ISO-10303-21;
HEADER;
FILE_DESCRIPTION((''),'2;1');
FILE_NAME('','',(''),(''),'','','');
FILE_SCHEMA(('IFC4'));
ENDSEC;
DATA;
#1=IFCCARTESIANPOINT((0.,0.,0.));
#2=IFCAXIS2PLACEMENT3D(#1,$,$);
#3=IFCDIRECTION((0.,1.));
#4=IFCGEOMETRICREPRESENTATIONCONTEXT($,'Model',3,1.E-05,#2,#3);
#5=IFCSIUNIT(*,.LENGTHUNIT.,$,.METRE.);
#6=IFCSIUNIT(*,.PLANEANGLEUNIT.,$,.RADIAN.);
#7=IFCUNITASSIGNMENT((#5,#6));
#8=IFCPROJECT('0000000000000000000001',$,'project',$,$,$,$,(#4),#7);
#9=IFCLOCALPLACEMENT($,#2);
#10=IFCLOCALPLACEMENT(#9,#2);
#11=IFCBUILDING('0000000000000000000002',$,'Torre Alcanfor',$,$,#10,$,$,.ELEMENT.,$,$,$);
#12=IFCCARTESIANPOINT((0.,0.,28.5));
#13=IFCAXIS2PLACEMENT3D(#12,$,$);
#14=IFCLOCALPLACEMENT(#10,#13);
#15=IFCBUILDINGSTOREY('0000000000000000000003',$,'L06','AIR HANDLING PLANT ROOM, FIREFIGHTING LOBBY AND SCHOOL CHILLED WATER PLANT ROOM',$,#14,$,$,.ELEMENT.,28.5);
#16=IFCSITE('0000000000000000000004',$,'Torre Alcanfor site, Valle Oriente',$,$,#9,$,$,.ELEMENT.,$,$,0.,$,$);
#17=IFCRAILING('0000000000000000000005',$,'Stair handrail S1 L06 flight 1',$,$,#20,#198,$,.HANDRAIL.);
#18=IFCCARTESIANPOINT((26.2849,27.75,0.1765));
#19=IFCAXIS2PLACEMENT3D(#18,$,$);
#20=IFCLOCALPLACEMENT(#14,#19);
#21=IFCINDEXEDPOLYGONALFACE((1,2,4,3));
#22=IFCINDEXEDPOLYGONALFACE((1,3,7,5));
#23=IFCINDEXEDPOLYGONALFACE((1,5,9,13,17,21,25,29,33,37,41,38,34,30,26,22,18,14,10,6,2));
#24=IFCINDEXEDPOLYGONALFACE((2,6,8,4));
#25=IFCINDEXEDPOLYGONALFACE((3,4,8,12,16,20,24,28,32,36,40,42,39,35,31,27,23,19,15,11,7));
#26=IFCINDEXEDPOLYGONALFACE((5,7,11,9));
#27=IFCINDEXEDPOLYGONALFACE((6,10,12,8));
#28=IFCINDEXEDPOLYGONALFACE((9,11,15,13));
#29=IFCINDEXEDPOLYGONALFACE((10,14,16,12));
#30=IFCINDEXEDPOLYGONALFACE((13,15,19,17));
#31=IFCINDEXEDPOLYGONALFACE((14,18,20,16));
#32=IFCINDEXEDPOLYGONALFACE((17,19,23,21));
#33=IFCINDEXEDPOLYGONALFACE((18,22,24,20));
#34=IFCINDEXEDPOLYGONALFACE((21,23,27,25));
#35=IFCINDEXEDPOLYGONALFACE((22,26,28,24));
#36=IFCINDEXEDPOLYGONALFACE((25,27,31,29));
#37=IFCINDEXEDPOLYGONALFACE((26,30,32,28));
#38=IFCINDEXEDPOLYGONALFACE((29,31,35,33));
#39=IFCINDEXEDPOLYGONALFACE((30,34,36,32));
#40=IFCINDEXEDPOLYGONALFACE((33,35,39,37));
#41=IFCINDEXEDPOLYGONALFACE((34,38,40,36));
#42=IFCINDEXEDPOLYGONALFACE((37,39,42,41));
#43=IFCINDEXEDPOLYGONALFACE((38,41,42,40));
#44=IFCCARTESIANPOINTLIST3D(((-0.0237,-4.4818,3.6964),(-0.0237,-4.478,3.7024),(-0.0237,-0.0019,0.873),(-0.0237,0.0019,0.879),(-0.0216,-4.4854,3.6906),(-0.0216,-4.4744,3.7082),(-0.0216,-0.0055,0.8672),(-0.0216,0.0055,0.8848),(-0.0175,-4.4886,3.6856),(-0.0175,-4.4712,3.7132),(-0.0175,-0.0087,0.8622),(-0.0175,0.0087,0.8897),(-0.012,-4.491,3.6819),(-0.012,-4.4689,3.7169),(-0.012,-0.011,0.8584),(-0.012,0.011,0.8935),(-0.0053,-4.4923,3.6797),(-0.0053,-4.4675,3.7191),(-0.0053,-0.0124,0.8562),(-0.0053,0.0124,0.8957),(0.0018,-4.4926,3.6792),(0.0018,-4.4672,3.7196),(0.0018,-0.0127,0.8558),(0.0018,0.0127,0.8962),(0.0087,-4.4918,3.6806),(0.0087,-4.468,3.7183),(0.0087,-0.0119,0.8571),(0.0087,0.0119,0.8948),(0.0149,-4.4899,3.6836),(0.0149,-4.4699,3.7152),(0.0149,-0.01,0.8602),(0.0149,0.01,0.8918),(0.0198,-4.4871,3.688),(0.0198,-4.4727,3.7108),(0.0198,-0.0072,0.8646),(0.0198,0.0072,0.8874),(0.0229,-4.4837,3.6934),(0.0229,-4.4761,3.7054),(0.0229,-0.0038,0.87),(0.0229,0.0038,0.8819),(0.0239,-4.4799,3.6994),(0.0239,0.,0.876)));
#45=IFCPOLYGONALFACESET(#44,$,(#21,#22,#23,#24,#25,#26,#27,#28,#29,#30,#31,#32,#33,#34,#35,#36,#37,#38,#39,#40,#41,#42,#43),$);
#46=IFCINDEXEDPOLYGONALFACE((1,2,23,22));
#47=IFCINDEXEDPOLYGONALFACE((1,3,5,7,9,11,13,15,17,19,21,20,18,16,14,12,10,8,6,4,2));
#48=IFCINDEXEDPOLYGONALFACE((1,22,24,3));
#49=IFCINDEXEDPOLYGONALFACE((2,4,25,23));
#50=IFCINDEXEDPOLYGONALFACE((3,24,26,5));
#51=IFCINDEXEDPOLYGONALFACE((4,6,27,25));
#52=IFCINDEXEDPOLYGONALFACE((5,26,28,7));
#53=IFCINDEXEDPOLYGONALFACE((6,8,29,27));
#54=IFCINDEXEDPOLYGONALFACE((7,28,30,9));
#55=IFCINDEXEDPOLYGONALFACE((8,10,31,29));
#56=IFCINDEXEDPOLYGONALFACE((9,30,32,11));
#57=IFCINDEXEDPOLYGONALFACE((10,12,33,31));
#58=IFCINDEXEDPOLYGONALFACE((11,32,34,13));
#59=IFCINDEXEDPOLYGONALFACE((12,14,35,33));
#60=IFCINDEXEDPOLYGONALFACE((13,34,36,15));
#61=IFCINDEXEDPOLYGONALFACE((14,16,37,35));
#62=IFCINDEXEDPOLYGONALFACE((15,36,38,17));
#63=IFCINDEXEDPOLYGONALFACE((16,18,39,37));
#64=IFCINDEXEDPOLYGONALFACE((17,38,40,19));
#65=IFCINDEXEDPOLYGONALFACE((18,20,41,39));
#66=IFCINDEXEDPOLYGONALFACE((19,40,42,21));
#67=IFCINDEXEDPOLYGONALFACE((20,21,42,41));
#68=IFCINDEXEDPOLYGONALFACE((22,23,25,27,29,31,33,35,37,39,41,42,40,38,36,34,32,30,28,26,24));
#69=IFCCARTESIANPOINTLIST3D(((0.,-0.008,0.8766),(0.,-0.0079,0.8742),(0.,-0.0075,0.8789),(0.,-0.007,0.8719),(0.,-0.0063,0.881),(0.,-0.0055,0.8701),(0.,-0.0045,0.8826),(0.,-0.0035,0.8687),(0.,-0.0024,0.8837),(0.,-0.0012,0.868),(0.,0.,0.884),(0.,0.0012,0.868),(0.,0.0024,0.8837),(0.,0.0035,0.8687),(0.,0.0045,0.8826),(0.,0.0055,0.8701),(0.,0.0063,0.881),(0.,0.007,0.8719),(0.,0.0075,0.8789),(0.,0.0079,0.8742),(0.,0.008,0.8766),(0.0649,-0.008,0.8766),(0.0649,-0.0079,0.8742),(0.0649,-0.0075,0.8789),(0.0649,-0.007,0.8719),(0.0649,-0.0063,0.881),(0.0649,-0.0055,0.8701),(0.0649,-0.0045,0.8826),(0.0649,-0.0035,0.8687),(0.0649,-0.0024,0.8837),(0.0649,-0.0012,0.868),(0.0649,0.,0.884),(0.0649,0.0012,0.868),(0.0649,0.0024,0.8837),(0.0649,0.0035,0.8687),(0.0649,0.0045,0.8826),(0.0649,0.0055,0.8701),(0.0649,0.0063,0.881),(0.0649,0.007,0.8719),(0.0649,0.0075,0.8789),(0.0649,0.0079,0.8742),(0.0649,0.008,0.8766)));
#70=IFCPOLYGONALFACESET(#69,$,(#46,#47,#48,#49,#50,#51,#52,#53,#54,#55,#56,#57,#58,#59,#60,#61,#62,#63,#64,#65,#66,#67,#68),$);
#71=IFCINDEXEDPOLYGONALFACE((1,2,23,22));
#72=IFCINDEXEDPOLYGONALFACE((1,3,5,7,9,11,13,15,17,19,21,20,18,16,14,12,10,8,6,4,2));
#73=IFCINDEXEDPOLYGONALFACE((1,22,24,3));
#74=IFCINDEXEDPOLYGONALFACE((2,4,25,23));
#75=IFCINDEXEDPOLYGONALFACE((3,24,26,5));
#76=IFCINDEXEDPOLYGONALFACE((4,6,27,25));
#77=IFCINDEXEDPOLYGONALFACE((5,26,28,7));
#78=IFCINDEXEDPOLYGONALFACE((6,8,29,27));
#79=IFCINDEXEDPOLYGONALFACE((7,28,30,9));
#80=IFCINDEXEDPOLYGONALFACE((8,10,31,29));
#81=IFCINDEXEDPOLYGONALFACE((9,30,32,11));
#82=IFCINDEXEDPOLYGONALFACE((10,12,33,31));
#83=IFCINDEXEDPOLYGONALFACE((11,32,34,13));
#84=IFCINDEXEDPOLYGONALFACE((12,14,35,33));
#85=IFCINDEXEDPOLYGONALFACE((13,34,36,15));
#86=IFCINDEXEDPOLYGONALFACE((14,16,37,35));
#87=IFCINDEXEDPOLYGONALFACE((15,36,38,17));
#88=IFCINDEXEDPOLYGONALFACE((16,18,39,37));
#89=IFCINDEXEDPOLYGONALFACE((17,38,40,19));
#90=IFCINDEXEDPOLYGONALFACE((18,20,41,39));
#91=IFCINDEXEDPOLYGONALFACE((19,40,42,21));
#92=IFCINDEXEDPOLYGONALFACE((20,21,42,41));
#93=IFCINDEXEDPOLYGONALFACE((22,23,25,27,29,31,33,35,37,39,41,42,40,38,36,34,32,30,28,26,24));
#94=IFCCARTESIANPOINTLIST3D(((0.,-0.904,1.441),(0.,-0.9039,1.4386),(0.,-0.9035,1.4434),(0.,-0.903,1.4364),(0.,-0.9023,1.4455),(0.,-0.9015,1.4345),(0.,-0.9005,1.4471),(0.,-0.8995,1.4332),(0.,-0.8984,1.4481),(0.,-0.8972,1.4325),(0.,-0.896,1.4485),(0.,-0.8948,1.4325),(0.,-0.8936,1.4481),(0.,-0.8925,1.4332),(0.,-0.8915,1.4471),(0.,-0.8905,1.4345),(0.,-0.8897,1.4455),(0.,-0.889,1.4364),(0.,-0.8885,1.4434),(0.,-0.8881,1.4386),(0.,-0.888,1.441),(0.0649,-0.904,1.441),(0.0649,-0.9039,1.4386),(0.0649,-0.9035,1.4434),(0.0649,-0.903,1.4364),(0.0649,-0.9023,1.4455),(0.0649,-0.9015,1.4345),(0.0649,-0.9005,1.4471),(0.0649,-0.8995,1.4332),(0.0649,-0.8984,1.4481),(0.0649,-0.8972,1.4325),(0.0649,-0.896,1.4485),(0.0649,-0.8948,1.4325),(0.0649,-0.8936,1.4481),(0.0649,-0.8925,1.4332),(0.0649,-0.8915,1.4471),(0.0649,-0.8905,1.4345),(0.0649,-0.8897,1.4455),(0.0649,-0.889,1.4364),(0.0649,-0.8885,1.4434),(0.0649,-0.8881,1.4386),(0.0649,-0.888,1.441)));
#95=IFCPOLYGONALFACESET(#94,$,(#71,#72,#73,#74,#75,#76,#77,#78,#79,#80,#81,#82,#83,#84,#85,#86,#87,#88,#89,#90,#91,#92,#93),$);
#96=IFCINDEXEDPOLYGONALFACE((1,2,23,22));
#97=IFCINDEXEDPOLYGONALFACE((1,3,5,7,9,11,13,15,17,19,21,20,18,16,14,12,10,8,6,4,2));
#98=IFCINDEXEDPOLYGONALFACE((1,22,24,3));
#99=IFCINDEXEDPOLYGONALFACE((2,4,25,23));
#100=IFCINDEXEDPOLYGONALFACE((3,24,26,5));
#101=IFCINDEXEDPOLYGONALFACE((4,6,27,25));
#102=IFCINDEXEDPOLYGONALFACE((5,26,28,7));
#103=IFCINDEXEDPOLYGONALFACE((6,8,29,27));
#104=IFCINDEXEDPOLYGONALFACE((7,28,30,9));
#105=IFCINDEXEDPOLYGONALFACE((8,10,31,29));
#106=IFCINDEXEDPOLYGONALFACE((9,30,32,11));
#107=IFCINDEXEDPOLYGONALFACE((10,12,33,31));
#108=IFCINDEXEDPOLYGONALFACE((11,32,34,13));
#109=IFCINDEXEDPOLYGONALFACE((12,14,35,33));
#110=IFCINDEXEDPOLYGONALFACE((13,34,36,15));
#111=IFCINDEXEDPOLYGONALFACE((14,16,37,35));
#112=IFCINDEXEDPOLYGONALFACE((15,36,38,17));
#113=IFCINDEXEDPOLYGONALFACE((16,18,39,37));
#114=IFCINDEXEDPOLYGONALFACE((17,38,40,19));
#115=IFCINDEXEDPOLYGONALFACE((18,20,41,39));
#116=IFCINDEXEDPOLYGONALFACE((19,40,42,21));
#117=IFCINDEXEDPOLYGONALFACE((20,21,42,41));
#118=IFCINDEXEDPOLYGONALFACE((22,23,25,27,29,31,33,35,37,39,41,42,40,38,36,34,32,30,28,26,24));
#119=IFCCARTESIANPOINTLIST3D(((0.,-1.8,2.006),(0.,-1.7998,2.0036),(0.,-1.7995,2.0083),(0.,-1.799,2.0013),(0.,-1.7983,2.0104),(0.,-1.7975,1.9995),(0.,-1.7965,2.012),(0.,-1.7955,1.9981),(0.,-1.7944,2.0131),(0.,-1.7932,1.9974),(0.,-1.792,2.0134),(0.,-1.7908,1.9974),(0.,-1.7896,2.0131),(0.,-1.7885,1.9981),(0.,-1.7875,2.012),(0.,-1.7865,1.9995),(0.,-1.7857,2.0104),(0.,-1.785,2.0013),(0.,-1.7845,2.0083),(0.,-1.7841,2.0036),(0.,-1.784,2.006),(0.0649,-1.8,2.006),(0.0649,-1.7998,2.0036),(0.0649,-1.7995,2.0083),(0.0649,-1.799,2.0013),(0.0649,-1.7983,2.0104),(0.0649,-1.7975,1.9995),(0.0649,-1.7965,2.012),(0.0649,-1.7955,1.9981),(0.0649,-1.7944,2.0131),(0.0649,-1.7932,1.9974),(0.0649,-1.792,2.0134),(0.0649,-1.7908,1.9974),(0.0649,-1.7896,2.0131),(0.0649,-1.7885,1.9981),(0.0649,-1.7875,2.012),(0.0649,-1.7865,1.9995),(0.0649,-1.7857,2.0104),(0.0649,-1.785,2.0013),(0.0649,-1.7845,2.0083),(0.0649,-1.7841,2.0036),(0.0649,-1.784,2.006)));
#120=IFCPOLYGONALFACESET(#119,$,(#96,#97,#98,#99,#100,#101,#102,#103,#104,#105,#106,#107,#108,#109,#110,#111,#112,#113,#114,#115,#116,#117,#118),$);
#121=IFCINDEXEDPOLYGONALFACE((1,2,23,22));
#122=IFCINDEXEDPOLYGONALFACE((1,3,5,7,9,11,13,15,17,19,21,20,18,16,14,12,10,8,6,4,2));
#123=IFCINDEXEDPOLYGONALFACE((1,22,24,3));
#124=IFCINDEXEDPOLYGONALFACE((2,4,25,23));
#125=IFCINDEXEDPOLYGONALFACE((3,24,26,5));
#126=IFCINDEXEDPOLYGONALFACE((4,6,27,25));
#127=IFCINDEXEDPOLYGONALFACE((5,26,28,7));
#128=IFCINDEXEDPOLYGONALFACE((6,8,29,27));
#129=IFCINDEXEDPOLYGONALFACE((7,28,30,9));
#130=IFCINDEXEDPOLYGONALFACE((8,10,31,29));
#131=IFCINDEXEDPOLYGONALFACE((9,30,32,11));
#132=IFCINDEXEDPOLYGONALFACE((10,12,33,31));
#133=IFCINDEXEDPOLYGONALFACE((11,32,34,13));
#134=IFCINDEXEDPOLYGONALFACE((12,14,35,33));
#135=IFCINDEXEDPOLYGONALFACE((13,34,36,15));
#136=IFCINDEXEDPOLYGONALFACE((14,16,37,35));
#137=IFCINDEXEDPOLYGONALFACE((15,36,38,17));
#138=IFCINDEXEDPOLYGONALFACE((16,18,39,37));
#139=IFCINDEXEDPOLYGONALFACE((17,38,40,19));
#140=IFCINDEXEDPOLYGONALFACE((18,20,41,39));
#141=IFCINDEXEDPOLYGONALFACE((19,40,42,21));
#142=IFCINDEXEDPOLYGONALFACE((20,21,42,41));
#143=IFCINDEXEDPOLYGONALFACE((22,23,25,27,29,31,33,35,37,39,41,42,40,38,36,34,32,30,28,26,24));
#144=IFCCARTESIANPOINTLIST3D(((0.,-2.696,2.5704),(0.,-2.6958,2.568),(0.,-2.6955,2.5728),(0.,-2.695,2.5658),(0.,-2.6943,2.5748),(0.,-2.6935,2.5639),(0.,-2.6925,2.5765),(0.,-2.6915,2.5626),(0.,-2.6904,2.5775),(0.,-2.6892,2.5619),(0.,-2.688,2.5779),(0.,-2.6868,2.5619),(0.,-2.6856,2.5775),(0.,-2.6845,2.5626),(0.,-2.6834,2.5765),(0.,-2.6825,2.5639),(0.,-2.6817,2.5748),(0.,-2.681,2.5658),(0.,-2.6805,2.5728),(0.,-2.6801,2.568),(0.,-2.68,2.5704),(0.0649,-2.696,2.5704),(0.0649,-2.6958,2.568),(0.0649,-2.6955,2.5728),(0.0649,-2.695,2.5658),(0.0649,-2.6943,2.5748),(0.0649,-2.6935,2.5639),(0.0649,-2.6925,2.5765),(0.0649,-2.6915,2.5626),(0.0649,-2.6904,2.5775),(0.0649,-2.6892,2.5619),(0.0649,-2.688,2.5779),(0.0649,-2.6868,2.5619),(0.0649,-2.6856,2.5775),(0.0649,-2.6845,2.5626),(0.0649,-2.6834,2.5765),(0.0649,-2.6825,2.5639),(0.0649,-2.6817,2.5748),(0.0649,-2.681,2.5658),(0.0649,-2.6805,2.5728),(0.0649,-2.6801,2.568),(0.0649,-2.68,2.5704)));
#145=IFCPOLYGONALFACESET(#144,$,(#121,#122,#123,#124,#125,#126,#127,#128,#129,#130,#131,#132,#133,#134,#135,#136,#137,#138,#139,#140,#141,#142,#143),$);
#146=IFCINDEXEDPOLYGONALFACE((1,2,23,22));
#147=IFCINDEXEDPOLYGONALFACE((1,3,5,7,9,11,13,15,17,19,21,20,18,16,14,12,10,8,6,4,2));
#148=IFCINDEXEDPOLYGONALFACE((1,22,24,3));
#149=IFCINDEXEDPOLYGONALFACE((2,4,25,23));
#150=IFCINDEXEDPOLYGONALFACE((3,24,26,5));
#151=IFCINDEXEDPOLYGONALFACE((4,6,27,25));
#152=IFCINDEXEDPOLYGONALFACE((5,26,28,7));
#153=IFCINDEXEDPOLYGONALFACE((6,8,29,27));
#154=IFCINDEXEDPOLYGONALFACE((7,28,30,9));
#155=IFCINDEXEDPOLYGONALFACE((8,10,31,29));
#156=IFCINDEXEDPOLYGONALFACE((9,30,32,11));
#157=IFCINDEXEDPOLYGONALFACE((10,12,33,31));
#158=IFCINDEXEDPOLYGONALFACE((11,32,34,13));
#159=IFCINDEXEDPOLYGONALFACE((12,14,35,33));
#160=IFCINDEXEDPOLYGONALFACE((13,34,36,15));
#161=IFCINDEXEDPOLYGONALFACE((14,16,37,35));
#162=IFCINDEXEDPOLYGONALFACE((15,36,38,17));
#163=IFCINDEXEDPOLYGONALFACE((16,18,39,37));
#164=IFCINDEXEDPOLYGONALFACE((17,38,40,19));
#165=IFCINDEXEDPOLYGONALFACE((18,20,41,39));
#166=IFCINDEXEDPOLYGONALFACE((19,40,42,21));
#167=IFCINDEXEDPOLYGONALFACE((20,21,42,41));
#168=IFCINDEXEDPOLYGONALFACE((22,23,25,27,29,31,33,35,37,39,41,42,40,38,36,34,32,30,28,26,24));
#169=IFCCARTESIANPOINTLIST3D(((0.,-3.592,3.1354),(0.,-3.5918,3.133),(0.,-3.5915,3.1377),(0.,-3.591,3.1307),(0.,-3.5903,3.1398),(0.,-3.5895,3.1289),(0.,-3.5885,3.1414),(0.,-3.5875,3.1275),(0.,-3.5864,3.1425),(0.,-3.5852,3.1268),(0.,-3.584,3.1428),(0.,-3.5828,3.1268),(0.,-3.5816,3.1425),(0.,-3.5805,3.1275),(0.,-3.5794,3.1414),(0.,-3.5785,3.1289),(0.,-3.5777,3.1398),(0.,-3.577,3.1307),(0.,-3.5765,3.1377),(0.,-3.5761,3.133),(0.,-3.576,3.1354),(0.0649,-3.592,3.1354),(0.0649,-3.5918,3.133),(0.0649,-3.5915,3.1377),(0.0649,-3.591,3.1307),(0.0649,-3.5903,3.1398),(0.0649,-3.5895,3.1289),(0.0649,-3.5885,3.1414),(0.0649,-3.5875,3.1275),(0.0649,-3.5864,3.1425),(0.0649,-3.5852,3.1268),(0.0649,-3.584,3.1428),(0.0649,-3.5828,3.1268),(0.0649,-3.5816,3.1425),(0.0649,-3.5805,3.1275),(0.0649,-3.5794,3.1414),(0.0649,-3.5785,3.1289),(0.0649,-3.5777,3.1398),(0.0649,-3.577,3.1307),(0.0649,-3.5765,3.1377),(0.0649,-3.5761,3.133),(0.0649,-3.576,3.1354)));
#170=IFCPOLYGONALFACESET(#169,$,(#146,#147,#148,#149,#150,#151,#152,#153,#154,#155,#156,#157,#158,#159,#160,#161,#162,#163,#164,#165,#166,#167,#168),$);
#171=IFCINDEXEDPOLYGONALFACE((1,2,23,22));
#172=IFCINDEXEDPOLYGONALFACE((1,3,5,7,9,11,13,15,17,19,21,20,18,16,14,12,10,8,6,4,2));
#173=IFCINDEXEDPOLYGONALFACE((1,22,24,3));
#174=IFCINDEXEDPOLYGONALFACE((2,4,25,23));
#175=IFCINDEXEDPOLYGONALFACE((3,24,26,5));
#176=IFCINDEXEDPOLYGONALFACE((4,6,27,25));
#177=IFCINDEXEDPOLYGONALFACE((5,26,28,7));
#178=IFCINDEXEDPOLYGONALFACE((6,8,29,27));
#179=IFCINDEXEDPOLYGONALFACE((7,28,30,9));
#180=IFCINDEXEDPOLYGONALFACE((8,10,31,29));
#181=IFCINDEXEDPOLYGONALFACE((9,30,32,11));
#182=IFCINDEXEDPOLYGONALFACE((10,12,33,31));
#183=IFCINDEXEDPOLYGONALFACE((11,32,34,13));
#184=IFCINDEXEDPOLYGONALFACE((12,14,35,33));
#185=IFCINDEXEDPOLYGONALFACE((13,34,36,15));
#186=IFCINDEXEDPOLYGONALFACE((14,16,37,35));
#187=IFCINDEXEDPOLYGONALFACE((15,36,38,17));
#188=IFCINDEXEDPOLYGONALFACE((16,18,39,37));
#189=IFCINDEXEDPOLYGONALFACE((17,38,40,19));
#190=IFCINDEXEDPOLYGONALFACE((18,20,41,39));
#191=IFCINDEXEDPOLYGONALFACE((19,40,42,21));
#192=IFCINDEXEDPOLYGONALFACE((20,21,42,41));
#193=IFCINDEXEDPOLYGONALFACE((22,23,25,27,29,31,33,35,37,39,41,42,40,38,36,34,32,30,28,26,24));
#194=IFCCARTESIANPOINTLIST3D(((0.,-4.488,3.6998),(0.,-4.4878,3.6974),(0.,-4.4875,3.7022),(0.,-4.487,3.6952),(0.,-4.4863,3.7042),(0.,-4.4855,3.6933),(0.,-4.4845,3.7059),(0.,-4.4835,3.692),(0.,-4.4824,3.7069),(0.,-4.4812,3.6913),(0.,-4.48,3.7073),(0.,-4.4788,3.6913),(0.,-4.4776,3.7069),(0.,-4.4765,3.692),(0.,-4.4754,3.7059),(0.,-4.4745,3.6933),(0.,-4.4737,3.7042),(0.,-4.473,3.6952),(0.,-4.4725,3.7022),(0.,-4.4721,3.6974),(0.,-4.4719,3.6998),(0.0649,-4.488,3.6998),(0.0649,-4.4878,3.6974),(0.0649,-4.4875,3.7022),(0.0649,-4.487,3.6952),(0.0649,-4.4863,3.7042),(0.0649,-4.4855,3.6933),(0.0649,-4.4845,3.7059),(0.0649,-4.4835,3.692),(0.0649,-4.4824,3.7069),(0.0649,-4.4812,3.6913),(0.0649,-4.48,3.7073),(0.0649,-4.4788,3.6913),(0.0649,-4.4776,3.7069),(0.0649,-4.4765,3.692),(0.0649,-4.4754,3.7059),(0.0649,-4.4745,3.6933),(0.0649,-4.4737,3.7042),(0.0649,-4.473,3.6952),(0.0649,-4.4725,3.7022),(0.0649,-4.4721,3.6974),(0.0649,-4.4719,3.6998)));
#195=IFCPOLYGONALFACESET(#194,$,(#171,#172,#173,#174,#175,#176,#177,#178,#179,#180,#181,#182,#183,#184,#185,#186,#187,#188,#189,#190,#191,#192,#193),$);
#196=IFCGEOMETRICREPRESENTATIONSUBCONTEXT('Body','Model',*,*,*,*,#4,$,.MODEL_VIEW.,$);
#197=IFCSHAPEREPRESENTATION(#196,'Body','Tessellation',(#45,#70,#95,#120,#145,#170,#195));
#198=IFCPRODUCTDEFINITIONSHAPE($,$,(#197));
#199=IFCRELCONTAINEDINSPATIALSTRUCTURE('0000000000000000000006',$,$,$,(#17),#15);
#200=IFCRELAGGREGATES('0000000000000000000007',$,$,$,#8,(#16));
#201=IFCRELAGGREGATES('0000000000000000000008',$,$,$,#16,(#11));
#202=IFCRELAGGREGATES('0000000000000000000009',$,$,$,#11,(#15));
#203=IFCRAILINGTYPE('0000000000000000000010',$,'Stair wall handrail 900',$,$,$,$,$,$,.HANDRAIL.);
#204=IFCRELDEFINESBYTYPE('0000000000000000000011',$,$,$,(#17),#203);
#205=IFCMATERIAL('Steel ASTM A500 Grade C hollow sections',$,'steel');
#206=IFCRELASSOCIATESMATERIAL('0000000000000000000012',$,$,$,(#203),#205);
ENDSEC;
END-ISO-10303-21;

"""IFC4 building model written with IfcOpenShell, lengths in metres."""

from ifc_helpers import new_model, si_unit, direction, frame, origin, origin_2d, place, context, subcontext, project, spatial, circle, extrude, material, type_object, element, save


model = new_model("IFC4")

# Units and contexts
model_context = context("Model", 3, precision=1e-05, world=origin(), true_north=direction((0.0, 1.0)))
body_context = subcontext(model_context, "Body", "Model", "MODEL_VIEW")
ifc_project = project(units=[si_unit("LENGTHUNIT", "METRE"), si_unit("PLANEANGLEUNIT", "RADIAN")], contexts=[model_context])

# Site, building, storey
site_placement = place(None, origin())
site = spatial("IfcSite", under=ifc_project, at=site_placement, Name="Torre Alcanfor site, Valle Oriente", CompositionType="ELEMENT", RefElevation=0.0)
building_placement = place(site_placement, origin())
building = spatial("IfcBuilding", under=site, at=building_placement, Name="Torre Alcanfor", CompositionType="ELEMENT")
storey_placement = place(building_placement, frame((0.0, 0.0, 28.5)))
storey = spatial("IfcBuildingStorey", under=building, at=storey_placement, Name="L06", Description="AIR HANDLING PLANT ROOM, FIREFIGHTING LOBBY AND SCHOOL CHILLED WATER PLANT ROOM", CompositionType="ELEMENT", Elevation=28.5)

# Railing
ifc_material_1 = material(Name="Steel ASTM A500 Grade C hollow sections", Category="steel")
railing_type = type_object("IfcRailingType", Name="Stair wall handrail 900", PredefinedType="HANDRAIL", material=ifc_material_1)
railing_placement = place(storey_placement, frame((26.2849, 27.75, 0.1765)))
element("IfcRailing", 1, at=railing_placement, inside=storey, type_object=railing_type, Name="Stair handrail S1 L06 flight 1", PredefinedType="HANDRAIL", context=body_context, shape_type="SweptSolid", body=[
    extrude(circle(Radius=0.0239, at=origin_2d()), frame((0.0, 0.0, 0.876), z_axis=(0.0, -0.845998, 0.533186), x_axis=(1.0, 0.0, 0.0)), (0.0, 0.0, 1.0), 5.2954),
    extrude(circle(Radius=0.0081, at=origin_2d()), frame((0.0, 0.0, 0.876), z_axis=(1.0, 0.0, 0.0), x_axis=(0.0, 0.0, 1.0)), (0.0, 0.0, 1.0), 0.0649),
    extrude(circle(Radius=0.0081, at=origin_2d()), frame((0.0, -0.896, 1.4404), z_axis=(1.0, 0.0, 0.0), x_axis=(0.0, 0.0, 1.0)), (0.0, 0.0, 1.0), 0.0649),
    extrude(circle(Radius=0.0081, at=origin_2d()), frame((0.0, -1.792, 2.0054), z_axis=(1.0, 0.0, 0.0), x_axis=(0.0, 0.0, 1.0)), (0.0, 0.0, 1.0), 0.0649),
    extrude(circle(Radius=0.0081, at=origin_2d()), frame((0.0, -2.688, 2.5698), z_axis=(1.0, 0.0, 0.0), x_axis=(0.0, 0.0, 1.0)), (0.0, 0.0, 1.0), 0.0649),
    extrude(circle(Radius=0.0081, at=origin_2d()), frame((0.0, -3.584, 3.1348), z_axis=(1.0, 0.0, 0.0), x_axis=(0.0, 0.0, 1.0)), (0.0, 0.0, 1.0), 0.0649),
    extrude(circle(Radius=0.0081, at=origin_2d()), frame((0.0, -4.48, 3.6992), z_axis=(1.0, 0.0, 0.0), x_axis=(0.0, 0.0, 1.0)), (0.0, 0.0, 1.0), 0.0649),
])

save(model, "model.ifc")
